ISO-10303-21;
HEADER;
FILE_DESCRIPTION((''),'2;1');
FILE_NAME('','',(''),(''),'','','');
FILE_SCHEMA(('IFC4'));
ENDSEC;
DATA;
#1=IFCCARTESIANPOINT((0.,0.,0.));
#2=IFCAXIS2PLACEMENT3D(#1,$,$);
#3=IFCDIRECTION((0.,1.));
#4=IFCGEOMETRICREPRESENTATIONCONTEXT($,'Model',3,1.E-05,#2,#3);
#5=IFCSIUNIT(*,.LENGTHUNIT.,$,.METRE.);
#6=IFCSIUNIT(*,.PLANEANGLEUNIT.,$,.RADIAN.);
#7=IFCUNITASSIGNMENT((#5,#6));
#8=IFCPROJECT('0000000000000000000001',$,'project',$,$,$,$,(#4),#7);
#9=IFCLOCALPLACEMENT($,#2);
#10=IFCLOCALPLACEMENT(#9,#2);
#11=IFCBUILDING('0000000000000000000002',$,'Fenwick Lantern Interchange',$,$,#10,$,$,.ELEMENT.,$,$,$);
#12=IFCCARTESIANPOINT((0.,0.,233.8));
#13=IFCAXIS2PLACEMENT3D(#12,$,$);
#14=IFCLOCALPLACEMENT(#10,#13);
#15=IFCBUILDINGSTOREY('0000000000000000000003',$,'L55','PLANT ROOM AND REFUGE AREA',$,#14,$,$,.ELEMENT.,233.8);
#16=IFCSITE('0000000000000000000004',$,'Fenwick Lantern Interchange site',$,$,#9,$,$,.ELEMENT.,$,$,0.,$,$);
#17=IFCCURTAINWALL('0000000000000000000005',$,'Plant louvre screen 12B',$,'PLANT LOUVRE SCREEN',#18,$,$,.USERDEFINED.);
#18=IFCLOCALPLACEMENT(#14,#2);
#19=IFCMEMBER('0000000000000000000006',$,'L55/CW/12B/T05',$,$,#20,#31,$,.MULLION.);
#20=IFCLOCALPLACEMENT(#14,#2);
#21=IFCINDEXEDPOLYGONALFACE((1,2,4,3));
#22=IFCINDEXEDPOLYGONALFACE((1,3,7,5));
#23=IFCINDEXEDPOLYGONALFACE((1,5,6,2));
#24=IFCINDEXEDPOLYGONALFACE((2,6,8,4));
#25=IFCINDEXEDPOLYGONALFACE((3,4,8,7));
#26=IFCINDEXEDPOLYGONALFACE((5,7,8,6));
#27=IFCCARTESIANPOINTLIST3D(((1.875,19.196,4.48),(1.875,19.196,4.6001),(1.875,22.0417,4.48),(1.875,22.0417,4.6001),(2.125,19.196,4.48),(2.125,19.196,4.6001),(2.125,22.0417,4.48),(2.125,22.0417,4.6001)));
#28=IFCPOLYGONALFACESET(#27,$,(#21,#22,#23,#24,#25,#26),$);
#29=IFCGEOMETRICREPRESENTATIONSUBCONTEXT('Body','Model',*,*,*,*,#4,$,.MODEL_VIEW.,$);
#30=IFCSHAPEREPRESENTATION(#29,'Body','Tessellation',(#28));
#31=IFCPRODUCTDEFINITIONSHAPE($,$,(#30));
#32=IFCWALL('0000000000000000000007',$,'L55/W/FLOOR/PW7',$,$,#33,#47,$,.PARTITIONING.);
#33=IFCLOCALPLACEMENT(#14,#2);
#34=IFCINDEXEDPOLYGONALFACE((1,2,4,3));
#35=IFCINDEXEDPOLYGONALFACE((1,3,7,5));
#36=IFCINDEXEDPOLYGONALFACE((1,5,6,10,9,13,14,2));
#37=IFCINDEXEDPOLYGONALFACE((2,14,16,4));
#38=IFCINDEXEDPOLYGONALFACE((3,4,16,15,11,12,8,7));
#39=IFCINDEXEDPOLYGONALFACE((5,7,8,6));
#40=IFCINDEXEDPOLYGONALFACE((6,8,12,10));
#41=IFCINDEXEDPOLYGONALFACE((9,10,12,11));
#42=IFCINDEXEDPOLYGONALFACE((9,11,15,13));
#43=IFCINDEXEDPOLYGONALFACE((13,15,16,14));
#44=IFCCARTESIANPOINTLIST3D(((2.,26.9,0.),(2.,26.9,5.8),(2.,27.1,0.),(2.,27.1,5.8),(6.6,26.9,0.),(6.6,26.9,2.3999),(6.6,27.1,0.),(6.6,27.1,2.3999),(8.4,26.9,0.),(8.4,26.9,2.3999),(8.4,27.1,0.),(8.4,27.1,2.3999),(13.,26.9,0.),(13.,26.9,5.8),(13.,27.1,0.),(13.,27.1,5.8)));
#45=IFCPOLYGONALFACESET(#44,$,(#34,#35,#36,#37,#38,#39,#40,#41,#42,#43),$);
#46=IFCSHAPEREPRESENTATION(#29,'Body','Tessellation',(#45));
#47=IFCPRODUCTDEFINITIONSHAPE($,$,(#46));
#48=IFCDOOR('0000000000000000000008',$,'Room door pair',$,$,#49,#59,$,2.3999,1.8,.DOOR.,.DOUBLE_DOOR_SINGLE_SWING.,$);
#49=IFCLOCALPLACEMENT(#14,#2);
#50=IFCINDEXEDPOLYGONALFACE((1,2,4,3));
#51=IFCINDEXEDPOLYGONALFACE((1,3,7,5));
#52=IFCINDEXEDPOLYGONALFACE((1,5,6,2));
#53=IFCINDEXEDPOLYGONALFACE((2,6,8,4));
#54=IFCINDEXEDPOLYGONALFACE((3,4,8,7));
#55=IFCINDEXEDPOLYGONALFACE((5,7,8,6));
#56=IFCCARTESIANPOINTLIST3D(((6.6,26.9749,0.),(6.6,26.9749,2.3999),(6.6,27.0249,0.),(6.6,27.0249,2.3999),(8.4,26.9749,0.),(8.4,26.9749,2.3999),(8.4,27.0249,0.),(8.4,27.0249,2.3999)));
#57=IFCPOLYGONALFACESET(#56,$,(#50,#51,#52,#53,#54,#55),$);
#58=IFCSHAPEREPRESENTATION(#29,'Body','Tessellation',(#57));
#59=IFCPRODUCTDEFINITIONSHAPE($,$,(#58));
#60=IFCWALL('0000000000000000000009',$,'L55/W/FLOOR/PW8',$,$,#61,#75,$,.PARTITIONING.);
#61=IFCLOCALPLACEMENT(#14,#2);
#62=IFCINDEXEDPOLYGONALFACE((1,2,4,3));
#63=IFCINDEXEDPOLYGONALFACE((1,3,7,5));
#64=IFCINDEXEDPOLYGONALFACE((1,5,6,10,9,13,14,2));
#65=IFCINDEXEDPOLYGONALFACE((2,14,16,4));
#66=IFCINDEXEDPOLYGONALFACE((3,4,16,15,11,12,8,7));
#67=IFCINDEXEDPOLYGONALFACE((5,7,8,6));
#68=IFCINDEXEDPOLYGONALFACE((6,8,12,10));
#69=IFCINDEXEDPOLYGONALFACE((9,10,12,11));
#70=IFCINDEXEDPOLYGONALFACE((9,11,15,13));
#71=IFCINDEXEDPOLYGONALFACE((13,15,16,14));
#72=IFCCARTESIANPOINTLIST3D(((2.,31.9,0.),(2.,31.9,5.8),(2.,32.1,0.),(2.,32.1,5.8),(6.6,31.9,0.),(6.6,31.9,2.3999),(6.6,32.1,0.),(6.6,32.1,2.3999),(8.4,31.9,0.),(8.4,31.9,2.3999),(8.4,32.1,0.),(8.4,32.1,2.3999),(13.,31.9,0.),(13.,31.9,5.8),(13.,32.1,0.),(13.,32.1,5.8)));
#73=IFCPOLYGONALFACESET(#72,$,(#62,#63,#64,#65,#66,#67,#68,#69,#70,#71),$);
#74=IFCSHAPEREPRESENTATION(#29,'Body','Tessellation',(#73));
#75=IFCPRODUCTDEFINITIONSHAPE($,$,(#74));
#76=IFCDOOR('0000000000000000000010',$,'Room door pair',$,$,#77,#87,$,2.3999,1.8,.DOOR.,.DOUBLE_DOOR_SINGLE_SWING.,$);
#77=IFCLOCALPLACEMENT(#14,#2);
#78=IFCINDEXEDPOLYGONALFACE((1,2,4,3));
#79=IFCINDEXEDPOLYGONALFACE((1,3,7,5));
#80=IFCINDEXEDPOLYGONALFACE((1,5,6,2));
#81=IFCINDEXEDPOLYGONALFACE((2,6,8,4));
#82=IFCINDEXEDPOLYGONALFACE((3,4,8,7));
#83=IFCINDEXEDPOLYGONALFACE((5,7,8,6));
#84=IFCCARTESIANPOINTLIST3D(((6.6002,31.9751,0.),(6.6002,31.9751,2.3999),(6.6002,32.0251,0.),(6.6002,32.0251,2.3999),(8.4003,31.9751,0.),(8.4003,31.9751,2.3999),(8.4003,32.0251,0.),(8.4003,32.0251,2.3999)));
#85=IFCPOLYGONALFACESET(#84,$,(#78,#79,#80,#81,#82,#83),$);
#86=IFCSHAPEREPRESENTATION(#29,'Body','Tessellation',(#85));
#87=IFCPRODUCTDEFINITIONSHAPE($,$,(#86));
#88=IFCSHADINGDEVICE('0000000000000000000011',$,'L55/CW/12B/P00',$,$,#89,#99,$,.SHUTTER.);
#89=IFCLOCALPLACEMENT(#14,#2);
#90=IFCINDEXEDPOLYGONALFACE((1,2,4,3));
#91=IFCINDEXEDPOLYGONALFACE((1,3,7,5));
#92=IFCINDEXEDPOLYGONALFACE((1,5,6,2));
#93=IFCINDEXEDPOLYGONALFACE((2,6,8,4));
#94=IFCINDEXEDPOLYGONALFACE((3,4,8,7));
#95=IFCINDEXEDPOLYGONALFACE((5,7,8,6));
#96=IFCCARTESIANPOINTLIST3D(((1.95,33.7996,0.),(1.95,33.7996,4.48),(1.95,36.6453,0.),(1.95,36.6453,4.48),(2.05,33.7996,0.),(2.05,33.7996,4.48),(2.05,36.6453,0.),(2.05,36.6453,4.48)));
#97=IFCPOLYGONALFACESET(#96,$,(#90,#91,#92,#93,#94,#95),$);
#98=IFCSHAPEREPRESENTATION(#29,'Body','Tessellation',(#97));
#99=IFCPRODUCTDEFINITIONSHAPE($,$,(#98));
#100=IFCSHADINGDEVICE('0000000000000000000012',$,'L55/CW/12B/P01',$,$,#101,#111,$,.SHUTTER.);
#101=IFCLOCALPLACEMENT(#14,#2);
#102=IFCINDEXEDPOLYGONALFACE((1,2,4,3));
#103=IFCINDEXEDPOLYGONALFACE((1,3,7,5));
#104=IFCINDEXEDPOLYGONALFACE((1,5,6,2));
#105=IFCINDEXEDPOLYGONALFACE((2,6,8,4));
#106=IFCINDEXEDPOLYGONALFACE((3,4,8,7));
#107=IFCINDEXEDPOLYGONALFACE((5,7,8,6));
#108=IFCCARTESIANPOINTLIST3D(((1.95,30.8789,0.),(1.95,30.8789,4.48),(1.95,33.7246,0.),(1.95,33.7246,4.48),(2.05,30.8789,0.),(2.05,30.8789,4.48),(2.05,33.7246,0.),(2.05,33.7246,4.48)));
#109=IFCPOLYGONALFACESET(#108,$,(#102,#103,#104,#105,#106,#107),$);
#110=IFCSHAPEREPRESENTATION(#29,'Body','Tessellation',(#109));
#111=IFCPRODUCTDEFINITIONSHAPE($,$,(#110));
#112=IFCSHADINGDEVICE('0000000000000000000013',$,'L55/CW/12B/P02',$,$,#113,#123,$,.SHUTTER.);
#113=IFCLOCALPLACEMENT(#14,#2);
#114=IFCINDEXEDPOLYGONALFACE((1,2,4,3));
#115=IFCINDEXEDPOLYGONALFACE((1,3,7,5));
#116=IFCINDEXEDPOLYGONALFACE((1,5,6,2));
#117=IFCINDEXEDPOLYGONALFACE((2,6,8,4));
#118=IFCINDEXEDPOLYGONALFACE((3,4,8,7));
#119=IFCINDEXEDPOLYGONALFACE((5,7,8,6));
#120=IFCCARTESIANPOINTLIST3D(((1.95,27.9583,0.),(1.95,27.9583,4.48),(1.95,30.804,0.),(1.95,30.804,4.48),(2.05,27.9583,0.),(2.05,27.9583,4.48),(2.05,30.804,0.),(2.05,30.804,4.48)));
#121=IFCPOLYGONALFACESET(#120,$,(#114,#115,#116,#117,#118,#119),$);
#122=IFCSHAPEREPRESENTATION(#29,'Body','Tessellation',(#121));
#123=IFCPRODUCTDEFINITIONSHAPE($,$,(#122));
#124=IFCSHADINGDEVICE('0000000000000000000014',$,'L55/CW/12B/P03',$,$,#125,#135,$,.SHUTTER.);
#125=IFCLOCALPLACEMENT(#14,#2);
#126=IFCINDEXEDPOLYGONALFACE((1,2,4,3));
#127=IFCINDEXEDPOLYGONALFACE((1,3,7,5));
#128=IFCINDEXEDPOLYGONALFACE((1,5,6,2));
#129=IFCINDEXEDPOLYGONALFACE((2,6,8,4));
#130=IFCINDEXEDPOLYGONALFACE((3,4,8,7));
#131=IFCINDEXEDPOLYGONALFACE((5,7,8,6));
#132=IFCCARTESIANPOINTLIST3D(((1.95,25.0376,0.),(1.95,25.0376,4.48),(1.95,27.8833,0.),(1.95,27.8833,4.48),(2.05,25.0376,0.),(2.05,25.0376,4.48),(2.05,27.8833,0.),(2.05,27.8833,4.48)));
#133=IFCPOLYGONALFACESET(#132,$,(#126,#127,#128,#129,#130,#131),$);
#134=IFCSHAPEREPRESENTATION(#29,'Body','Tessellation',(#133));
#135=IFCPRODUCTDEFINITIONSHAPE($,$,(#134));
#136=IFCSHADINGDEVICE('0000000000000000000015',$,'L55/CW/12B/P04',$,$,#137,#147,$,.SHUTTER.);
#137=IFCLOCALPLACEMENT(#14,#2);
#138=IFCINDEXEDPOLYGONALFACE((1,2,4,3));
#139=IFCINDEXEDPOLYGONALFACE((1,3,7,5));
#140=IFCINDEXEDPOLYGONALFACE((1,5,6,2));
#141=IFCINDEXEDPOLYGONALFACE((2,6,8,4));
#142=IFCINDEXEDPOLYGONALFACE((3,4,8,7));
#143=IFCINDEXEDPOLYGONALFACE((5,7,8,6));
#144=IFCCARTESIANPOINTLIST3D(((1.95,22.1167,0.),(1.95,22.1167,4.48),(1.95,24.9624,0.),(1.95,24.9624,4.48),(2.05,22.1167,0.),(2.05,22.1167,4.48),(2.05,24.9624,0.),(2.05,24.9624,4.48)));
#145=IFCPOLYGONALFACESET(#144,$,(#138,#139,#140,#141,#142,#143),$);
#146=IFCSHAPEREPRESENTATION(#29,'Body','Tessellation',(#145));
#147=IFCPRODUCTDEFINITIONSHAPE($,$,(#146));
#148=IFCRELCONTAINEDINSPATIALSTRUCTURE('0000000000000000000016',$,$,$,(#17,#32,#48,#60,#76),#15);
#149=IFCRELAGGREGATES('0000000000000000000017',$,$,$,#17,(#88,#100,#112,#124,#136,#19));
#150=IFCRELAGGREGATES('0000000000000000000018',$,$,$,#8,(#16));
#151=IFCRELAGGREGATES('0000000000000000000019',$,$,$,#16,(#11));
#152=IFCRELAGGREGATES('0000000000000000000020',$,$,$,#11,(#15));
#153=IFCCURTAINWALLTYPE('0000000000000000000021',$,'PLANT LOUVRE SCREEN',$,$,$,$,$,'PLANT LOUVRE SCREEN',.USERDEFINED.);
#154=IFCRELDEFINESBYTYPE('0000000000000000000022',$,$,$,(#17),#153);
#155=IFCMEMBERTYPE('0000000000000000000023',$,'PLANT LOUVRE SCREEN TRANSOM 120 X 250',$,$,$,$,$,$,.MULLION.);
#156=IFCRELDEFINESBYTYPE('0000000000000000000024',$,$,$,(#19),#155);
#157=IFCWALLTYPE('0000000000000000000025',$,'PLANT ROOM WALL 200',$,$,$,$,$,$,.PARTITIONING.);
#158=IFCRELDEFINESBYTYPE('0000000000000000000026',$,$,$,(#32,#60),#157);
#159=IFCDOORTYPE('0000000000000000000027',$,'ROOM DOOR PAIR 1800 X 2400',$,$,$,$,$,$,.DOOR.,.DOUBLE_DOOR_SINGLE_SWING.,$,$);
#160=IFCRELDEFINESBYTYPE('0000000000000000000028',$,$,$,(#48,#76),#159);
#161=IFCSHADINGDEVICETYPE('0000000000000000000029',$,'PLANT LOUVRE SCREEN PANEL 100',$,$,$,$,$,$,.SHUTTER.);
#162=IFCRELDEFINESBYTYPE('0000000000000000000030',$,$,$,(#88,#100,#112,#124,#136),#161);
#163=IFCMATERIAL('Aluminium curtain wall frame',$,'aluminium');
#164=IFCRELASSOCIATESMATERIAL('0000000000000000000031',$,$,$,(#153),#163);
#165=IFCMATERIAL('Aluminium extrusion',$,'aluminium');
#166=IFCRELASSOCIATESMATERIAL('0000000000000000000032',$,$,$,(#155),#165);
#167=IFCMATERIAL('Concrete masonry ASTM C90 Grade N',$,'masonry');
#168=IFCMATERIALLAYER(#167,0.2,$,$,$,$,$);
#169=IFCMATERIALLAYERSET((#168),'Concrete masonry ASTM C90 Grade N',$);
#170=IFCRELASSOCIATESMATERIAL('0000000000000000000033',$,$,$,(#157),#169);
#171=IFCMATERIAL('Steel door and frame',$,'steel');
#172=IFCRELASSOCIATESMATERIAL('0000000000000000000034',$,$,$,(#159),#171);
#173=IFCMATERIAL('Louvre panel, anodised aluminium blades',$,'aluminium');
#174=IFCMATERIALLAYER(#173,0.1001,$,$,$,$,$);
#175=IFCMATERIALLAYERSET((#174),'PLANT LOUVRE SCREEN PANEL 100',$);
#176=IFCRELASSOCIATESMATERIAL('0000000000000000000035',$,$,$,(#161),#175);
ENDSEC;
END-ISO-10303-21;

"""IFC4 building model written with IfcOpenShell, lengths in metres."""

from ifc_helpers import new_model, si_unit, direction, frame, frame_2d, origin, origin_2d, place, context, subcontext, project, spatial, rectangle, extrude, material, layer, layer_set, material_profile, profile_set, type_object, element, fill, aggregate, save


model = new_model("IFC4")

# Units and contexts
model_context = context("Model", 3, precision=1e-05, world=origin(), true_north=direction((0.0, 1.0)))
body_context = subcontext(model_context, "Body", "Model", "MODEL_VIEW")
ifc_project = project(units=[si_unit("LENGTHUNIT", "METRE"), si_unit("PLANEANGLEUNIT", "RADIAN")], contexts=[model_context])

# Site, building, storey
site_placement = place(None, origin())
site = spatial("IfcSite", under=ifc_project, at=site_placement, Name="Fenwick Lantern Interchange site", CompositionType="ELEMENT", RefElevation=0.0)
building_placement = place(site_placement, origin())
building = spatial("IfcBuilding", under=site, at=building_placement, Name="Fenwick Lantern Interchange", CompositionType="ELEMENT")
storey_placement = place(building_placement, frame((0.0, 0.0, 233.8)))
storey = spatial("IfcBuildingStorey", under=building, at=storey_placement, Name="L55", Description="PLANT ROOM AND REFUGE AREA", CompositionType="ELEMENT", Elevation=233.8)

# Curtain wall, member
ifc_material_1 = material(Name="Aluminium curtain wall frame", Category="aluminium")
curtain_wall_type = type_object("IfcCurtainWallType", Name="PLANT LOUVRE SCREEN", ElementType="PLANT LOUVRE SCREEN", PredefinedType="USERDEFINED", material=ifc_material_1)
curtain_wall_placement = place(storey_placement, origin())
curtain_wall = element("IfcCurtainWall", 1, at=curtain_wall_placement, inside=storey, type_object=curtain_wall_type, Name="Plant louvre screen 12B", ObjectType="PLANT LOUVRE SCREEN", PredefinedType="USERDEFINED")
ifc_material_2 = material(Name="Aluminium extrusion", Category="aluminium")
ifc_material_profile_1 = material_profile(ifc_material_2, rectangle(XDim=0.25, YDim=0.1201, at=origin_2d()), Name="PLANT LOUVRE SCREEN TRANSOM 120 X 250")
ifc_profile_set_1 = profile_set([ifc_material_profile_1], Name="Aluminium extrusion")
member_type_1 = type_object("IfcMemberType", Name="PLANT LOUVRE SCREEN TRANSOM 120 X 250", PredefinedType="MULLION", material=ifc_profile_set_1)
member_1_placement = place(storey_placement, frame((2.0, 22.0417, 4.54), z_axis=(0.0, -1.0, 0.0), x_axis=(1.0, 0.0, 0.0)))
member_1 = element("IfcMember", 2, at=member_1_placement, type_object=member_type_1, Name="L55/CW/12B/T05", PredefinedType="MULLION", context=body_context, shape_type="SweptSolid", body=[
    extrude(rectangle(XDim=0.25, YDim=0.1201, at=origin_2d()), origin(), (0.0, 0.0, 1.0), 2.8457),
])

# Walls, openings, doors
ifc_material_3 = material(Name="Concrete masonry ASTM C90 Grade N", Category="masonry")
ifc_layer_1 = layer(ifc_material_3, 0.2)
ifc_layer_set_1 = layer_set([ifc_layer_1], Name="Concrete masonry ASTM C90 Grade N")
wall_type = type_object("IfcWallType", Name="PLANT ROOM WALL 200", PredefinedType="PARTITIONING", material=ifc_layer_set_1)
wall_1_placement = place(storey_placement, frame((2.0, 27.0, 0.0), z_axis=(0.0, 0.0, 1.0), x_axis=(1.0, 0.0, 0.0)))
wall_1 = element("IfcWall", 3, at=wall_1_placement, inside=storey, type_object=wall_type, Name="L55/W/FLOOR/PW7", PredefinedType="PARTITIONING", context=body_context, shape_type="SweptSolid", body=[
    extrude(rectangle(XDim=11.0, YDim=0.2, at=frame_2d((5.5, 0.0))), origin(), (0.0, 0.0, 1.0), 5.8),
])
opening_1_placement = place(wall_1_placement, frame((4.6001, 0.0, 0.0)))
opening_1 = element("IfcOpeningElement", 4, at=opening_1_placement, cuts=wall_1, PredefinedType="OPENING", context=body_context, shape_type="SweptSolid", body=[
    extrude(rectangle(XDim=1.8, YDim=2.3999, at=frame_2d((0.8999, 1.2))), frame((0.0, 0.1099, 0.0), z_axis=(0.0, -1.0, 0.0), x_axis=(1.0, 0.0, 0.0)), (0.0, 0.0, 1.0), 0.22),
])
ifc_material_4 = material(Name="Steel door and frame", Category="steel")
door_type = type_object("IfcDoorType", Name="ROOM DOOR PAIR 1800 X 2400", OperationType="DOUBLE_DOOR_SINGLE_SWING", PredefinedType="DOOR", material=ifc_material_4)
door_1_placement = place(opening_1_placement, origin())
door_1 = element("IfcDoor", 5, at=door_1_placement, inside=storey, type_object=door_type, Name="Room door pair", OperationType="DOUBLE_DOOR_SINGLE_SWING", OverallHeight=2.3999, OverallWidth=1.8, PredefinedType="DOOR", context=body_context, shape_type="SweptSolid", body=[
    extrude(rectangle(XDim=1.8, YDim=2.3999, at=frame_2d((0.8999, 1.2))), frame((0.0, 0.0249, 0.0), z_axis=(0.0, -1.0, 0.0), x_axis=(1.0, 0.0, 0.0)), (0.0, 0.0, 1.0), 0.05),
])
fill(opening_1, door_1)
wall_2_placement = place(storey_placement, frame((2.0, 32.0, 0.0), z_axis=(0.0, 0.0, 1.0), x_axis=(1.0, 0.0, 0.0)))
wall_2 = element("IfcWall", 6, at=wall_2_placement, inside=storey, type_object=wall_type, Name="L55/W/FLOOR/PW8", PredefinedType="PARTITIONING", context=body_context, shape_type="SweptSolid", body=[
    extrude(rectangle(XDim=11.0, YDim=0.2, at=frame_2d((5.5, 0.0))), origin(), (0.0, 0.0, 1.0), 5.8),
])
opening_2_placement = place(wall_2_placement, frame((4.6001, 0.0, 0.0)))
opening_2 = element("IfcOpeningElement", 7, at=opening_2_placement, cuts=wall_2, PredefinedType="OPENING", context=body_context, shape_type="SweptSolid", body=[
    extrude(rectangle(XDim=1.8, YDim=2.3999, at=frame_2d((0.8999, 1.2))), frame((0.0, 0.1099, 0.0), z_axis=(0.0, -1.0, 0.0), x_axis=(1.0, 0.0, 0.0)), (0.0, 0.0, 1.0), 0.22),
])
door_2_placement = place(opening_2_placement, frame((1.8, 0.0, 0.0), z_axis=(0.0, 0.0, 1.0), x_axis=(-1.0, 0.0, 0.0)))
door_2 = element("IfcDoor", 8, at=door_2_placement, inside=storey, type_object=door_type, Name="Room door pair", OperationType="DOUBLE_DOOR_SINGLE_SWING", OverallHeight=2.3999, OverallWidth=1.8, PredefinedType="DOOR", context=body_context, shape_type="SweptSolid", body=[
    extrude(rectangle(XDim=1.8, YDim=2.3999, at=frame_2d((0.8999, 1.2))), frame((0.0, 0.0249, 0.0), z_axis=(0.0, -1.0, 0.0), x_axis=(1.0, 0.0, 0.0)), (0.0, 0.0, 1.0), 0.05),
])
fill(opening_2, door_2)

# Shading devices
ifc_material_5 = material(Name="Louvre panel, anodised aluminium blades", Category="aluminium")
ifc_layer_2 = layer(ifc_material_5, 0.1001)
ifc_layer_set_2 = layer_set([ifc_layer_2], Name="PLANT LOUVRE SCREEN PANEL 100")
shading_device_type = type_object("IfcShadingDeviceType", Name="PLANT LOUVRE SCREEN PANEL 100", PredefinedType="SHUTTER", material=ifc_layer_set_2)
shading_device_1_placement = place(storey_placement, frame((2.0, 35.2224, 0.0), z_axis=(0.0, 0.0, 1.0), x_axis=(0.0, -1.0, 0.0)))
shading_device_1 = element("IfcShadingDevice", 9, at=shading_device_1_placement, type_object=shading_device_type, Name="L55/CW/12B/P00", PredefinedType="SHUTTER", context=body_context, shape_type="SweptSolid", body=[
    extrude(rectangle(XDim=2.8457, YDim=0.1001, at=origin_2d()), origin(), (0.0, 0.0, 1.0), 4.48),
])
shading_device_2_placement = place(storey_placement, frame((2.0, 32.3018, 0.0), z_axis=(0.0, 0.0, 1.0), x_axis=(0.0, -1.0, 0.0)))
shading_device_2 = element("IfcShadingDevice", 10, at=shading_device_2_placement, type_object=shading_device_type, Name="L55/CW/12B/P01", PredefinedType="SHUTTER", context=body_context, shape_type="SweptSolid", body=[
    extrude(rectangle(XDim=2.8457, YDim=0.1001, at=origin_2d()), origin(), (0.0, 0.0, 1.0), 4.48),
])
shading_device_3_placement = place(storey_placement, frame((2.0, 29.3811, 0.0), z_axis=(0.0, 0.0, 1.0), x_axis=(0.0, -1.0, 0.0)))
shading_device_3 = element("IfcShadingDevice", 11, at=shading_device_3_placement, type_object=shading_device_type, Name="L55/CW/12B/P02", PredefinedType="SHUTTER", context=body_context, shape_type="SweptSolid", body=[
    extrude(rectangle(XDim=2.8457, YDim=0.1001, at=origin_2d()), origin(), (0.0, 0.0, 1.0), 4.48),
])
shading_device_4_placement = place(storey_placement, frame((2.0, 26.4604, 0.0), z_axis=(0.0, 0.0, 1.0), x_axis=(0.0, -1.0, 0.0)))
shading_device_4 = element("IfcShadingDevice", 12, at=shading_device_4_placement, type_object=shading_device_type, Name="L55/CW/12B/P03", PredefinedType="SHUTTER", context=body_context, shape_type="SweptSolid", body=[
    extrude(rectangle(XDim=2.8457, YDim=0.1001, at=origin_2d()), origin(), (0.0, 0.0, 1.0), 4.48),
])
shading_device_5_placement = place(storey_placement, frame((2.0, 23.5396, 0.0), z_axis=(0.0, 0.0, 1.0), x_axis=(0.0, -1.0, 0.0)))
shading_device_5 = element("IfcShadingDevice", 13, at=shading_device_5_placement, type_object=shading_device_type, Name="L55/CW/12B/P04", PredefinedType="SHUTTER", context=body_context, shape_type="SweptSolid", body=[
    extrude(rectangle(XDim=2.8457, YDim=0.1001, at=origin_2d()), origin(), (0.0, 0.0, 1.0), 4.48),
])
aggregate(curtain_wall, [shading_device_1, shading_device_2, shading_device_3, shading_device_4, shading_device_5, member_1])

save(model, "model.ifc")
